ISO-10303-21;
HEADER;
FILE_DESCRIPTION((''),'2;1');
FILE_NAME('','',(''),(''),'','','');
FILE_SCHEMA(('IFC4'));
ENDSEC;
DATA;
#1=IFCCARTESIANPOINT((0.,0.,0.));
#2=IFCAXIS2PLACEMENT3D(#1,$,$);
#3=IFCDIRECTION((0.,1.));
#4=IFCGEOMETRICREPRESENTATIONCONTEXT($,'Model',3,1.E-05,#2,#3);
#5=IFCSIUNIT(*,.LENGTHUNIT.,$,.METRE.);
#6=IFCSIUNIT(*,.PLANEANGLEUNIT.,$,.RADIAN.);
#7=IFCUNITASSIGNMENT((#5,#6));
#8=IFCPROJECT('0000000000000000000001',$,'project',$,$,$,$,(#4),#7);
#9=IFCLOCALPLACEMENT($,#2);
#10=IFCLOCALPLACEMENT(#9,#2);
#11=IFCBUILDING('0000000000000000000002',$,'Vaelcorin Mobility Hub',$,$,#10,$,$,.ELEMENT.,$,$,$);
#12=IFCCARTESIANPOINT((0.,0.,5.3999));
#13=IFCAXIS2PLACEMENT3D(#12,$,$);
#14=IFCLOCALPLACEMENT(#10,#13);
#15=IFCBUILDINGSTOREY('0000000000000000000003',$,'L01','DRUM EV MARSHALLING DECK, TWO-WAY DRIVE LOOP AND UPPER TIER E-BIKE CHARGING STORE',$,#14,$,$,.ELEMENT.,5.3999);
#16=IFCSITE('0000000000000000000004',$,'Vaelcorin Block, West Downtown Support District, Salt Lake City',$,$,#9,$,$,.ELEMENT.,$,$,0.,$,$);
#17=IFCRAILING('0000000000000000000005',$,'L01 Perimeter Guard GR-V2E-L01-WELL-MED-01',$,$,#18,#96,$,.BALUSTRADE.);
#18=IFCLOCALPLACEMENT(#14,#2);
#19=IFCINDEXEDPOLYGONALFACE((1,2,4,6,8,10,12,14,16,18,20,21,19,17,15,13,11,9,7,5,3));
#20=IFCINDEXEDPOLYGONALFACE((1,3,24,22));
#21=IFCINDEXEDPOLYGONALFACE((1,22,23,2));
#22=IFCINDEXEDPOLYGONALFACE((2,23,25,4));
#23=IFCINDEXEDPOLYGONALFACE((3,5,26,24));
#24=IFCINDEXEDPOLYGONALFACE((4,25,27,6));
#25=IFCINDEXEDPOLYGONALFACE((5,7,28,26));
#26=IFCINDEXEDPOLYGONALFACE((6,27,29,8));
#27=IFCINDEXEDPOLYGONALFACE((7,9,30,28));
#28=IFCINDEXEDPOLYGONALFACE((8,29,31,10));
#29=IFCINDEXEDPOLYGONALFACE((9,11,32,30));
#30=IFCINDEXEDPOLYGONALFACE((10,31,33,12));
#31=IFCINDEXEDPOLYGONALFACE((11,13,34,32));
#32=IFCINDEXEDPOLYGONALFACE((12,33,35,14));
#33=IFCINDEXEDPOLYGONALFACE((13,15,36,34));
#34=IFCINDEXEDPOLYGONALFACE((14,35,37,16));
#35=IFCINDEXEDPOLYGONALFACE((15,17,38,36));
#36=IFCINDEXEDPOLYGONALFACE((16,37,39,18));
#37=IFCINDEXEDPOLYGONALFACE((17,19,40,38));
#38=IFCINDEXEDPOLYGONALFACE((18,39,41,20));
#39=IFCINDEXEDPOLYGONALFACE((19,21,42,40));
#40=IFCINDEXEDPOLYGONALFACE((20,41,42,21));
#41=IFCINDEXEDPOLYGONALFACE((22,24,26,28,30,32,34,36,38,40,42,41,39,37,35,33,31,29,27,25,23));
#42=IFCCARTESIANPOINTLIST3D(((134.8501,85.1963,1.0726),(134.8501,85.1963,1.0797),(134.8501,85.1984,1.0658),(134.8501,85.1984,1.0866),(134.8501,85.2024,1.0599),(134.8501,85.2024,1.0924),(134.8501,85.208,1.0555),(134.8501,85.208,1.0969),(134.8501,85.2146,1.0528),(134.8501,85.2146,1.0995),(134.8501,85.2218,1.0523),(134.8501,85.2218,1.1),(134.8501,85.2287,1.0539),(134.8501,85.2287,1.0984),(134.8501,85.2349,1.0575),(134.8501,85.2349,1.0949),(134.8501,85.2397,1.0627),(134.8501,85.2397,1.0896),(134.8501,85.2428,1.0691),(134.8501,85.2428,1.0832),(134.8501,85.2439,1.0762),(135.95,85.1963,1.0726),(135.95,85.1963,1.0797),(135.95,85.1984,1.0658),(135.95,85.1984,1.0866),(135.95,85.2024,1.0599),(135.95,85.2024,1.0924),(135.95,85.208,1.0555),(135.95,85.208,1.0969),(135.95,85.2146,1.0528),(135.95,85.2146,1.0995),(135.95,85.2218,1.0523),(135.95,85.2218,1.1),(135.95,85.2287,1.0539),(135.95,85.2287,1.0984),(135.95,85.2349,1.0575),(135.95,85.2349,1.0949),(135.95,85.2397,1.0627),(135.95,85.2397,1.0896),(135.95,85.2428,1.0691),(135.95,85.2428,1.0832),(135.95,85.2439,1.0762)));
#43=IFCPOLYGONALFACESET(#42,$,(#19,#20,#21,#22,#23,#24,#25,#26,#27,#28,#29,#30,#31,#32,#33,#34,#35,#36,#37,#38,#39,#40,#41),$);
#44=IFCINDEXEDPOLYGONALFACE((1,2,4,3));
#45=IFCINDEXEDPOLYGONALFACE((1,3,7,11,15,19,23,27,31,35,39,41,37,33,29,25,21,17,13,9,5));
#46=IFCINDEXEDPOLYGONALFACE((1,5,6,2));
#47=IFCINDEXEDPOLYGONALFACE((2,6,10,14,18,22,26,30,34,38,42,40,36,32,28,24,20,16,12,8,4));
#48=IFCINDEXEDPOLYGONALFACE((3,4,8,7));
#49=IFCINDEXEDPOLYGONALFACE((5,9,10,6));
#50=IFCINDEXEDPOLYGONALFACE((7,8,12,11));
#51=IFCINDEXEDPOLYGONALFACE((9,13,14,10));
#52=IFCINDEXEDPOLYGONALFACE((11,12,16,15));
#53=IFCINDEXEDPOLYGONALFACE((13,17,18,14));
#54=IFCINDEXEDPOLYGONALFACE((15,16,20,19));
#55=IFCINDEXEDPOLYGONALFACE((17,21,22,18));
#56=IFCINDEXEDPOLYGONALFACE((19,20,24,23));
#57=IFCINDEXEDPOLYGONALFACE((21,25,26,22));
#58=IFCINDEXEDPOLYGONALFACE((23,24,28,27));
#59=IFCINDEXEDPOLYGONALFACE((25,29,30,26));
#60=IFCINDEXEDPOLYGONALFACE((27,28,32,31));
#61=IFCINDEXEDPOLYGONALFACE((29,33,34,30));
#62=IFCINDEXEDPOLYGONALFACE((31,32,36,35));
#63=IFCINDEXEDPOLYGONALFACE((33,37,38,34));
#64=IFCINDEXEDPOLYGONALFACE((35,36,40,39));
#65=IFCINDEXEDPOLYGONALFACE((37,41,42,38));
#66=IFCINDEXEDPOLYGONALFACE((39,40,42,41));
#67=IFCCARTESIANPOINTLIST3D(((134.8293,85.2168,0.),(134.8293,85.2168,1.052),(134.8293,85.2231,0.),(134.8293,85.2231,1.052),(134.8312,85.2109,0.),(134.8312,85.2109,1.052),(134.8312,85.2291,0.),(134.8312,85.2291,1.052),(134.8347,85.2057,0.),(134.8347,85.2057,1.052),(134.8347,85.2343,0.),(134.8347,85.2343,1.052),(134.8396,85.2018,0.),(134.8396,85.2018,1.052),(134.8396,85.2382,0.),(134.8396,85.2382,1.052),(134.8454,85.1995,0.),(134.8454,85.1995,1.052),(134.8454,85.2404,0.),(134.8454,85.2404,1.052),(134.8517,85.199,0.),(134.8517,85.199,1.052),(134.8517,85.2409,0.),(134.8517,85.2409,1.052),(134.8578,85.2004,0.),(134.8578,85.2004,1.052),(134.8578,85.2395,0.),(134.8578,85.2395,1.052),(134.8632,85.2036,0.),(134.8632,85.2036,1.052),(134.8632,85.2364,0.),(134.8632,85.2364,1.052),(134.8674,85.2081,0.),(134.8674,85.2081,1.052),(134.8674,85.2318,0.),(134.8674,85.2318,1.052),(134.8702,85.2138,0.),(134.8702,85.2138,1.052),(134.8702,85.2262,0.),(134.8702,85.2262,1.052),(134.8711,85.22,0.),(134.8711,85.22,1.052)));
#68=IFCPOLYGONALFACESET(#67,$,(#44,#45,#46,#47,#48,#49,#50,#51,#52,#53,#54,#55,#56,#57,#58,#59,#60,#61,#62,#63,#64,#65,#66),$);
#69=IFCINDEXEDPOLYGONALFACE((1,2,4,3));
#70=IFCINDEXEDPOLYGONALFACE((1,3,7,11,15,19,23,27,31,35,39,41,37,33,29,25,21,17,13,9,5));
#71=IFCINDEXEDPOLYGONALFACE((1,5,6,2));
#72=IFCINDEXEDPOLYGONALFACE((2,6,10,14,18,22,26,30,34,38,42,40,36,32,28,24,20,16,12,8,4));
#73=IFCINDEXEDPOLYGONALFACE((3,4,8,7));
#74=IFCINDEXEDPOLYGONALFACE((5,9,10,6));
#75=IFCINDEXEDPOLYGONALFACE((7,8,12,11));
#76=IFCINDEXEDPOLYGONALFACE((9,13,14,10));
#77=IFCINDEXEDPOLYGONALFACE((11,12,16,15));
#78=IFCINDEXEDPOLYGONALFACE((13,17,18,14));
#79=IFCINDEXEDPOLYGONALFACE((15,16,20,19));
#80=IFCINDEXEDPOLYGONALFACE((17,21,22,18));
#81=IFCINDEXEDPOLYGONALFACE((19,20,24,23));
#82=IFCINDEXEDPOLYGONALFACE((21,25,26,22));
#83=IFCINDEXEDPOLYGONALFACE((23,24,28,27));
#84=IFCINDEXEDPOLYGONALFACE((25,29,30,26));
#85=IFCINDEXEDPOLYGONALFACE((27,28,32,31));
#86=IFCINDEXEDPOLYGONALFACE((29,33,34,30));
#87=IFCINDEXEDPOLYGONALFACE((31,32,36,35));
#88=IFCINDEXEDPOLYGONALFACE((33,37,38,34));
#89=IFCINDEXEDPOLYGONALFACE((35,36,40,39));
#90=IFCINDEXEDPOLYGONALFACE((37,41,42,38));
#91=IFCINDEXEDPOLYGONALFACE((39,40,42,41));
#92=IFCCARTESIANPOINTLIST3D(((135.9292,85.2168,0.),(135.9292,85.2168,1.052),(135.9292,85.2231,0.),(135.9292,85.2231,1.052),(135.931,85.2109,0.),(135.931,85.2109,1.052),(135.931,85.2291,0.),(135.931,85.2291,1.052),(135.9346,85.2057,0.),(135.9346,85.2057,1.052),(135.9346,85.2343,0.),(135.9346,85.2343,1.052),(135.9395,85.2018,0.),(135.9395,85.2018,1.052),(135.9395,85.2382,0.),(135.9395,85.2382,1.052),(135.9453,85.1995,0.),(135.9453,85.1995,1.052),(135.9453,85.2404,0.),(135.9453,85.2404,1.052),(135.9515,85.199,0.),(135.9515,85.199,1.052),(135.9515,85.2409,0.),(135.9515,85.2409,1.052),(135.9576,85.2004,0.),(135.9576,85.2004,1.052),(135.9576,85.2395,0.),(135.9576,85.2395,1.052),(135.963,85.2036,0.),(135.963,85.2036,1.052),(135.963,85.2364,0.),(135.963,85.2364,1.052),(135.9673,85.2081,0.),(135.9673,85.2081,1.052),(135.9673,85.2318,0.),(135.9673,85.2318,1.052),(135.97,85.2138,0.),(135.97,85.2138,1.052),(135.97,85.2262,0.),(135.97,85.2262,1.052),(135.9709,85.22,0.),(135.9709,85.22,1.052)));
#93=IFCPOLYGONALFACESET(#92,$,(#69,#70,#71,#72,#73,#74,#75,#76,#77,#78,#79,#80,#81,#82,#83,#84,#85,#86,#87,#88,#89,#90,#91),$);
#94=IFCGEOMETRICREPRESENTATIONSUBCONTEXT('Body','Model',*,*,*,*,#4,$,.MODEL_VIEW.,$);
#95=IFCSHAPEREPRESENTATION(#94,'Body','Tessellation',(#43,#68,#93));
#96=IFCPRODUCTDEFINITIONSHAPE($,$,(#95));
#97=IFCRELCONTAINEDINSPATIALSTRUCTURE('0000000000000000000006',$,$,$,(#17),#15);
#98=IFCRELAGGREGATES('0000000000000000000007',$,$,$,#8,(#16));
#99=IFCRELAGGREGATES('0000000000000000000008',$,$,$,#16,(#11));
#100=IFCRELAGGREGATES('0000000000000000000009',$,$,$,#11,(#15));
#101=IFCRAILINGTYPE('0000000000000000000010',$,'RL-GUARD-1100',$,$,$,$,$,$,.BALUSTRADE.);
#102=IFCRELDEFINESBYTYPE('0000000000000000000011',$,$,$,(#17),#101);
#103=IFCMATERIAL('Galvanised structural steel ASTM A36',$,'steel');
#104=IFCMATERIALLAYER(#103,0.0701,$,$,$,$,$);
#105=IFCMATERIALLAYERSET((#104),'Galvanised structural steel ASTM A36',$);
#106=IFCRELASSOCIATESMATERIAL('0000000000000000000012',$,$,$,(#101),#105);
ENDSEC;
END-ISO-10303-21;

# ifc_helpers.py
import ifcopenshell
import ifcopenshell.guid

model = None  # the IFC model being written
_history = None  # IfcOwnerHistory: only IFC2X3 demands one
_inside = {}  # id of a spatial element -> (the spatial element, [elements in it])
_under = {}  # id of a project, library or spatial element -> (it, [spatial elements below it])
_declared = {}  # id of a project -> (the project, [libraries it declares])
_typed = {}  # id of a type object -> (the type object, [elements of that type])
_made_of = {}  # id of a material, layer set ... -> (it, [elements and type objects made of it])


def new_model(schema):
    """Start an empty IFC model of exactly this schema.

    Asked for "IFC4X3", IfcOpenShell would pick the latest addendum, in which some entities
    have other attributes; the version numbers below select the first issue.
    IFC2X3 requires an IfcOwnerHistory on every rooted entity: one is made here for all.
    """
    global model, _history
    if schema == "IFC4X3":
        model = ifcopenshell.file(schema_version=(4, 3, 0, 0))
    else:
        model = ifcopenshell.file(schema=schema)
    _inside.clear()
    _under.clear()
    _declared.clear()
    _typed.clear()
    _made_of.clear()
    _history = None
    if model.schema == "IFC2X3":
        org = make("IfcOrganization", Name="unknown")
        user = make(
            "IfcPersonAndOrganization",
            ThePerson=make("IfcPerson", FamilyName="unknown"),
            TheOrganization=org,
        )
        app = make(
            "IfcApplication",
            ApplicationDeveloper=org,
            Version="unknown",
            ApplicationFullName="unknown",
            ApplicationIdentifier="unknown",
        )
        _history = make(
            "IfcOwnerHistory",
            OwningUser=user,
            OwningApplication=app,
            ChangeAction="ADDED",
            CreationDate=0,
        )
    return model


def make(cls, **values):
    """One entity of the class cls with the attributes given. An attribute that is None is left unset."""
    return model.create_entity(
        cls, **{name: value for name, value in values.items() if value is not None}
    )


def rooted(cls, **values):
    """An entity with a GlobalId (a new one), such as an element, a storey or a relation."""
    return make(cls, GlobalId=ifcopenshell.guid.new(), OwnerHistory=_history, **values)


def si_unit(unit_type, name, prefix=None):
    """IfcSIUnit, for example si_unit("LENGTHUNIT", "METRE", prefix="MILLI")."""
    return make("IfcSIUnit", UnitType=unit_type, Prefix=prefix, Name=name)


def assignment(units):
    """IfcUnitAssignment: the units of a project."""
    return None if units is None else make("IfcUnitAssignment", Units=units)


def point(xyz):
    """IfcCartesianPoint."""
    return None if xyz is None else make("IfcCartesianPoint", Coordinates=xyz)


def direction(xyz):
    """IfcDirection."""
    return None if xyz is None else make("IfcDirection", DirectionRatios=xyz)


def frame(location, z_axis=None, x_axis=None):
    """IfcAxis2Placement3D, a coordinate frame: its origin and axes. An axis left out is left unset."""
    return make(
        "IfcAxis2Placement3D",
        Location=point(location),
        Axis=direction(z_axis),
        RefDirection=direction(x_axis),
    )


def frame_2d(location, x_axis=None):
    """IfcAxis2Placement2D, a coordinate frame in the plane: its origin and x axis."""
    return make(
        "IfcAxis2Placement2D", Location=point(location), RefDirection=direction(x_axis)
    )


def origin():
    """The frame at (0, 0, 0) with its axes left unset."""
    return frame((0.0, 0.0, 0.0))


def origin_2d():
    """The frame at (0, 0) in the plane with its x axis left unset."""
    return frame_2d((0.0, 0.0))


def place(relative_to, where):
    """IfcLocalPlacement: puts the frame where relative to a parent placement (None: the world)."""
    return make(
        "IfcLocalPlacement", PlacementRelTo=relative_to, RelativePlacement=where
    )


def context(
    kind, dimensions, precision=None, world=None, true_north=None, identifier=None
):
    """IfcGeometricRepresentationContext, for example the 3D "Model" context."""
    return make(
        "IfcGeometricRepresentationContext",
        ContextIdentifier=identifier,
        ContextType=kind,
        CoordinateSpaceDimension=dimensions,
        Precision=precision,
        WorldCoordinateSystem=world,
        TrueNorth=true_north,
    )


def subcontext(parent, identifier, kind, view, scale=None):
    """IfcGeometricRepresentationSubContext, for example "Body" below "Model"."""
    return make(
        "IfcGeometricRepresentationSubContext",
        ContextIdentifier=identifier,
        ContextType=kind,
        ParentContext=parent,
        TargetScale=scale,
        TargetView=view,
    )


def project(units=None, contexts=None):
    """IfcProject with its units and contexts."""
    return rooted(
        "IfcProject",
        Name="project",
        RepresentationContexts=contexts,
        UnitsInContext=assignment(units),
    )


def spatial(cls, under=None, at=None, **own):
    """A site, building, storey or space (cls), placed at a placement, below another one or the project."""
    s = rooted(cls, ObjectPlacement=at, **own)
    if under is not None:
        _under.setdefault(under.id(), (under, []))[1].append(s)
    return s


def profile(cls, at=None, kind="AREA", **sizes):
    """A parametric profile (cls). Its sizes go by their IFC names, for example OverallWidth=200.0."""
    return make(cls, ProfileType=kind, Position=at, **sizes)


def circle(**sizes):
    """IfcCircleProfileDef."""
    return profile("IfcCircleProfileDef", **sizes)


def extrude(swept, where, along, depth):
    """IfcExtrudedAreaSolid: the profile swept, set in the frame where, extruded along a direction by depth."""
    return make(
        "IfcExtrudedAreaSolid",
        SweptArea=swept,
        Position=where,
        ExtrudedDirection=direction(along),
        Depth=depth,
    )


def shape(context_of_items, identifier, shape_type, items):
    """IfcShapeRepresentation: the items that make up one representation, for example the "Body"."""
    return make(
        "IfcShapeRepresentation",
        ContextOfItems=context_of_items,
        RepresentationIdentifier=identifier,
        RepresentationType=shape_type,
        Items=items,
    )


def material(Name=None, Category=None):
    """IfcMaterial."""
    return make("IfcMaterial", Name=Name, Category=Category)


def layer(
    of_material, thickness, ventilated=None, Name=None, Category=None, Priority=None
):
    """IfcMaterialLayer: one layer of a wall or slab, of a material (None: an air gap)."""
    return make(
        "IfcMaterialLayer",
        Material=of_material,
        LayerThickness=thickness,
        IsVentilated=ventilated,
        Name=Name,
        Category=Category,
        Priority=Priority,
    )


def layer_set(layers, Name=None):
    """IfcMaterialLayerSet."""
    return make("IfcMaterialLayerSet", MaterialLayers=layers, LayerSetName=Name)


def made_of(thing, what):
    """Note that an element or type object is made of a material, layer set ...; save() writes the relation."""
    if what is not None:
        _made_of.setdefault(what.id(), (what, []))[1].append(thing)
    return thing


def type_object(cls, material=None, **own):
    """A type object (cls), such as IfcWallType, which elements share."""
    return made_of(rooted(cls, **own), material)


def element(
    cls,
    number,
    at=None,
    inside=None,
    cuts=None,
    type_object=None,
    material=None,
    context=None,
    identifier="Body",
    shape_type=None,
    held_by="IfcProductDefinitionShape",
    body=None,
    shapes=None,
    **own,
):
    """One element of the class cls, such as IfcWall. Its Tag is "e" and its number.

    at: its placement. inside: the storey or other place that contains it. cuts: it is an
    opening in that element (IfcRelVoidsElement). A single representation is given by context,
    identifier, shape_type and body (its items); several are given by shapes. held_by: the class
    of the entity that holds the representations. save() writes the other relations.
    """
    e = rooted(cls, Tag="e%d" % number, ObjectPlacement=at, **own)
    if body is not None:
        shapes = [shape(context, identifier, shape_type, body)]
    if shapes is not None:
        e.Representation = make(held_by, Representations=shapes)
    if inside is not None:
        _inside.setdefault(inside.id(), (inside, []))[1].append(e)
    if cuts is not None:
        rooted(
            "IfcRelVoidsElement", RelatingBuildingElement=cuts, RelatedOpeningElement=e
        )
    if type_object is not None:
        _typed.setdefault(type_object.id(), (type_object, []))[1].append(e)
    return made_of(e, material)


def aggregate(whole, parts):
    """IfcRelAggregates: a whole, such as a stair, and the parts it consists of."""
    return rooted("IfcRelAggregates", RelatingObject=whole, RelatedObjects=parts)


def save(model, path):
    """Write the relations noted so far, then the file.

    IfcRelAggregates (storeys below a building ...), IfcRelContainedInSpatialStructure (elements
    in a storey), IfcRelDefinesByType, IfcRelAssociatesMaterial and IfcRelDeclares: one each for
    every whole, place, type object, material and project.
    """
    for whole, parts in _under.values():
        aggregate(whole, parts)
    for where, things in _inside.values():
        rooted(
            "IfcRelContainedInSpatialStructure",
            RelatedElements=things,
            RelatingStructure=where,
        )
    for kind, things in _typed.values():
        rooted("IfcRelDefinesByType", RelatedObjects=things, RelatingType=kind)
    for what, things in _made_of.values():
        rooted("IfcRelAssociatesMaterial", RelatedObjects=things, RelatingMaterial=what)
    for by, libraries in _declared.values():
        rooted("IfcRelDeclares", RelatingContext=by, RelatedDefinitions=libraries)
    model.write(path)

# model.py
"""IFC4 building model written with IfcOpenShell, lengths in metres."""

from ifc_helpers import new_model, si_unit, direction, frame, origin, origin_2d, place, context, subcontext, project, spatial, circle, extrude, material, layer, layer_set, type_object, element, save


model = new_model("IFC4")

# Units and contexts
model_context = context("Model", 3, precision=1e-05, world=origin(), true_north=direction((0.0, 1.0)))
body_context = subcontext(model_context, "Body", "Model", "MODEL_VIEW")
ifc_project = project(units=[si_unit("LENGTHUNIT", "METRE"), si_unit("PLANEANGLEUNIT", "RADIAN")], contexts=[model_context])

# Site, building, storey
site_placement = place(None, origin())
site = spatial("IfcSite", under=ifc_project, at=site_placement, Name="Vaelcorin Block, West Downtown Support District, Salt Lake City", CompositionType="ELEMENT", RefElevation=0.0)
building_placement = place(site_placement, origin())
building = spatial("IfcBuilding", under=site, at=building_placement, Name="Vaelcorin Mobility Hub", CompositionType="ELEMENT")
storey_placement = place(building_placement, frame((0.0, 0.0, 5.3999)))
storey = spatial("IfcBuildingStorey", under=building, at=storey_placement, Name="L01", Description="DRUM EV MARSHALLING DECK, TWO-WAY DRIVE LOOP AND UPPER TIER E-BIKE CHARGING STORE", CompositionType="ELEMENT", Elevation=5.3999)

# Railing
ifc_material_1 = material(Name="Galvanised structural steel ASTM A36", Category="steel")
ifc_layer_1 = layer(ifc_material_1, 0.0701)
ifc_layer_set_1 = layer_set([ifc_layer_1], Name="Galvanised structural steel ASTM A36")
railing_type = type_object("IfcRailingType", Name="RL-GUARD-1100", PredefinedType="BALUSTRADE", material=ifc_layer_set_1)
railing_1_placement = place(storey_placement, frame((134.8501, 85.22, 0.0)))
element("IfcRailing", 1, at=railing_1_placement, inside=storey, type_object=railing_type, Name="L01 Perimeter Guard GR-V2E-L01-WELL-MED-01", PredefinedType="BALUSTRADE", context=body_context, shape_type="SweptSolid", body=[
    extrude(circle(Radius=0.0239, at=origin_2d()), frame((0.0, 0.0, 1.0762), z_axis=(1.0, 0.0, 0.0), x_axis=(0.0, 1.0, 0.0)), (0.0, 0.0, 1.0), 1.0999),
    extrude(circle(Radius=0.021, at=origin_2d()), origin(), (0.0, 0.0, 1.0), 1.052),
    extrude(circle(Radius=0.021, at=origin_2d()), frame((1.0999, 0.0, 0.0)), (0.0, 0.0, 1.0), 1.052),
])

save(model, "model.ifc")
